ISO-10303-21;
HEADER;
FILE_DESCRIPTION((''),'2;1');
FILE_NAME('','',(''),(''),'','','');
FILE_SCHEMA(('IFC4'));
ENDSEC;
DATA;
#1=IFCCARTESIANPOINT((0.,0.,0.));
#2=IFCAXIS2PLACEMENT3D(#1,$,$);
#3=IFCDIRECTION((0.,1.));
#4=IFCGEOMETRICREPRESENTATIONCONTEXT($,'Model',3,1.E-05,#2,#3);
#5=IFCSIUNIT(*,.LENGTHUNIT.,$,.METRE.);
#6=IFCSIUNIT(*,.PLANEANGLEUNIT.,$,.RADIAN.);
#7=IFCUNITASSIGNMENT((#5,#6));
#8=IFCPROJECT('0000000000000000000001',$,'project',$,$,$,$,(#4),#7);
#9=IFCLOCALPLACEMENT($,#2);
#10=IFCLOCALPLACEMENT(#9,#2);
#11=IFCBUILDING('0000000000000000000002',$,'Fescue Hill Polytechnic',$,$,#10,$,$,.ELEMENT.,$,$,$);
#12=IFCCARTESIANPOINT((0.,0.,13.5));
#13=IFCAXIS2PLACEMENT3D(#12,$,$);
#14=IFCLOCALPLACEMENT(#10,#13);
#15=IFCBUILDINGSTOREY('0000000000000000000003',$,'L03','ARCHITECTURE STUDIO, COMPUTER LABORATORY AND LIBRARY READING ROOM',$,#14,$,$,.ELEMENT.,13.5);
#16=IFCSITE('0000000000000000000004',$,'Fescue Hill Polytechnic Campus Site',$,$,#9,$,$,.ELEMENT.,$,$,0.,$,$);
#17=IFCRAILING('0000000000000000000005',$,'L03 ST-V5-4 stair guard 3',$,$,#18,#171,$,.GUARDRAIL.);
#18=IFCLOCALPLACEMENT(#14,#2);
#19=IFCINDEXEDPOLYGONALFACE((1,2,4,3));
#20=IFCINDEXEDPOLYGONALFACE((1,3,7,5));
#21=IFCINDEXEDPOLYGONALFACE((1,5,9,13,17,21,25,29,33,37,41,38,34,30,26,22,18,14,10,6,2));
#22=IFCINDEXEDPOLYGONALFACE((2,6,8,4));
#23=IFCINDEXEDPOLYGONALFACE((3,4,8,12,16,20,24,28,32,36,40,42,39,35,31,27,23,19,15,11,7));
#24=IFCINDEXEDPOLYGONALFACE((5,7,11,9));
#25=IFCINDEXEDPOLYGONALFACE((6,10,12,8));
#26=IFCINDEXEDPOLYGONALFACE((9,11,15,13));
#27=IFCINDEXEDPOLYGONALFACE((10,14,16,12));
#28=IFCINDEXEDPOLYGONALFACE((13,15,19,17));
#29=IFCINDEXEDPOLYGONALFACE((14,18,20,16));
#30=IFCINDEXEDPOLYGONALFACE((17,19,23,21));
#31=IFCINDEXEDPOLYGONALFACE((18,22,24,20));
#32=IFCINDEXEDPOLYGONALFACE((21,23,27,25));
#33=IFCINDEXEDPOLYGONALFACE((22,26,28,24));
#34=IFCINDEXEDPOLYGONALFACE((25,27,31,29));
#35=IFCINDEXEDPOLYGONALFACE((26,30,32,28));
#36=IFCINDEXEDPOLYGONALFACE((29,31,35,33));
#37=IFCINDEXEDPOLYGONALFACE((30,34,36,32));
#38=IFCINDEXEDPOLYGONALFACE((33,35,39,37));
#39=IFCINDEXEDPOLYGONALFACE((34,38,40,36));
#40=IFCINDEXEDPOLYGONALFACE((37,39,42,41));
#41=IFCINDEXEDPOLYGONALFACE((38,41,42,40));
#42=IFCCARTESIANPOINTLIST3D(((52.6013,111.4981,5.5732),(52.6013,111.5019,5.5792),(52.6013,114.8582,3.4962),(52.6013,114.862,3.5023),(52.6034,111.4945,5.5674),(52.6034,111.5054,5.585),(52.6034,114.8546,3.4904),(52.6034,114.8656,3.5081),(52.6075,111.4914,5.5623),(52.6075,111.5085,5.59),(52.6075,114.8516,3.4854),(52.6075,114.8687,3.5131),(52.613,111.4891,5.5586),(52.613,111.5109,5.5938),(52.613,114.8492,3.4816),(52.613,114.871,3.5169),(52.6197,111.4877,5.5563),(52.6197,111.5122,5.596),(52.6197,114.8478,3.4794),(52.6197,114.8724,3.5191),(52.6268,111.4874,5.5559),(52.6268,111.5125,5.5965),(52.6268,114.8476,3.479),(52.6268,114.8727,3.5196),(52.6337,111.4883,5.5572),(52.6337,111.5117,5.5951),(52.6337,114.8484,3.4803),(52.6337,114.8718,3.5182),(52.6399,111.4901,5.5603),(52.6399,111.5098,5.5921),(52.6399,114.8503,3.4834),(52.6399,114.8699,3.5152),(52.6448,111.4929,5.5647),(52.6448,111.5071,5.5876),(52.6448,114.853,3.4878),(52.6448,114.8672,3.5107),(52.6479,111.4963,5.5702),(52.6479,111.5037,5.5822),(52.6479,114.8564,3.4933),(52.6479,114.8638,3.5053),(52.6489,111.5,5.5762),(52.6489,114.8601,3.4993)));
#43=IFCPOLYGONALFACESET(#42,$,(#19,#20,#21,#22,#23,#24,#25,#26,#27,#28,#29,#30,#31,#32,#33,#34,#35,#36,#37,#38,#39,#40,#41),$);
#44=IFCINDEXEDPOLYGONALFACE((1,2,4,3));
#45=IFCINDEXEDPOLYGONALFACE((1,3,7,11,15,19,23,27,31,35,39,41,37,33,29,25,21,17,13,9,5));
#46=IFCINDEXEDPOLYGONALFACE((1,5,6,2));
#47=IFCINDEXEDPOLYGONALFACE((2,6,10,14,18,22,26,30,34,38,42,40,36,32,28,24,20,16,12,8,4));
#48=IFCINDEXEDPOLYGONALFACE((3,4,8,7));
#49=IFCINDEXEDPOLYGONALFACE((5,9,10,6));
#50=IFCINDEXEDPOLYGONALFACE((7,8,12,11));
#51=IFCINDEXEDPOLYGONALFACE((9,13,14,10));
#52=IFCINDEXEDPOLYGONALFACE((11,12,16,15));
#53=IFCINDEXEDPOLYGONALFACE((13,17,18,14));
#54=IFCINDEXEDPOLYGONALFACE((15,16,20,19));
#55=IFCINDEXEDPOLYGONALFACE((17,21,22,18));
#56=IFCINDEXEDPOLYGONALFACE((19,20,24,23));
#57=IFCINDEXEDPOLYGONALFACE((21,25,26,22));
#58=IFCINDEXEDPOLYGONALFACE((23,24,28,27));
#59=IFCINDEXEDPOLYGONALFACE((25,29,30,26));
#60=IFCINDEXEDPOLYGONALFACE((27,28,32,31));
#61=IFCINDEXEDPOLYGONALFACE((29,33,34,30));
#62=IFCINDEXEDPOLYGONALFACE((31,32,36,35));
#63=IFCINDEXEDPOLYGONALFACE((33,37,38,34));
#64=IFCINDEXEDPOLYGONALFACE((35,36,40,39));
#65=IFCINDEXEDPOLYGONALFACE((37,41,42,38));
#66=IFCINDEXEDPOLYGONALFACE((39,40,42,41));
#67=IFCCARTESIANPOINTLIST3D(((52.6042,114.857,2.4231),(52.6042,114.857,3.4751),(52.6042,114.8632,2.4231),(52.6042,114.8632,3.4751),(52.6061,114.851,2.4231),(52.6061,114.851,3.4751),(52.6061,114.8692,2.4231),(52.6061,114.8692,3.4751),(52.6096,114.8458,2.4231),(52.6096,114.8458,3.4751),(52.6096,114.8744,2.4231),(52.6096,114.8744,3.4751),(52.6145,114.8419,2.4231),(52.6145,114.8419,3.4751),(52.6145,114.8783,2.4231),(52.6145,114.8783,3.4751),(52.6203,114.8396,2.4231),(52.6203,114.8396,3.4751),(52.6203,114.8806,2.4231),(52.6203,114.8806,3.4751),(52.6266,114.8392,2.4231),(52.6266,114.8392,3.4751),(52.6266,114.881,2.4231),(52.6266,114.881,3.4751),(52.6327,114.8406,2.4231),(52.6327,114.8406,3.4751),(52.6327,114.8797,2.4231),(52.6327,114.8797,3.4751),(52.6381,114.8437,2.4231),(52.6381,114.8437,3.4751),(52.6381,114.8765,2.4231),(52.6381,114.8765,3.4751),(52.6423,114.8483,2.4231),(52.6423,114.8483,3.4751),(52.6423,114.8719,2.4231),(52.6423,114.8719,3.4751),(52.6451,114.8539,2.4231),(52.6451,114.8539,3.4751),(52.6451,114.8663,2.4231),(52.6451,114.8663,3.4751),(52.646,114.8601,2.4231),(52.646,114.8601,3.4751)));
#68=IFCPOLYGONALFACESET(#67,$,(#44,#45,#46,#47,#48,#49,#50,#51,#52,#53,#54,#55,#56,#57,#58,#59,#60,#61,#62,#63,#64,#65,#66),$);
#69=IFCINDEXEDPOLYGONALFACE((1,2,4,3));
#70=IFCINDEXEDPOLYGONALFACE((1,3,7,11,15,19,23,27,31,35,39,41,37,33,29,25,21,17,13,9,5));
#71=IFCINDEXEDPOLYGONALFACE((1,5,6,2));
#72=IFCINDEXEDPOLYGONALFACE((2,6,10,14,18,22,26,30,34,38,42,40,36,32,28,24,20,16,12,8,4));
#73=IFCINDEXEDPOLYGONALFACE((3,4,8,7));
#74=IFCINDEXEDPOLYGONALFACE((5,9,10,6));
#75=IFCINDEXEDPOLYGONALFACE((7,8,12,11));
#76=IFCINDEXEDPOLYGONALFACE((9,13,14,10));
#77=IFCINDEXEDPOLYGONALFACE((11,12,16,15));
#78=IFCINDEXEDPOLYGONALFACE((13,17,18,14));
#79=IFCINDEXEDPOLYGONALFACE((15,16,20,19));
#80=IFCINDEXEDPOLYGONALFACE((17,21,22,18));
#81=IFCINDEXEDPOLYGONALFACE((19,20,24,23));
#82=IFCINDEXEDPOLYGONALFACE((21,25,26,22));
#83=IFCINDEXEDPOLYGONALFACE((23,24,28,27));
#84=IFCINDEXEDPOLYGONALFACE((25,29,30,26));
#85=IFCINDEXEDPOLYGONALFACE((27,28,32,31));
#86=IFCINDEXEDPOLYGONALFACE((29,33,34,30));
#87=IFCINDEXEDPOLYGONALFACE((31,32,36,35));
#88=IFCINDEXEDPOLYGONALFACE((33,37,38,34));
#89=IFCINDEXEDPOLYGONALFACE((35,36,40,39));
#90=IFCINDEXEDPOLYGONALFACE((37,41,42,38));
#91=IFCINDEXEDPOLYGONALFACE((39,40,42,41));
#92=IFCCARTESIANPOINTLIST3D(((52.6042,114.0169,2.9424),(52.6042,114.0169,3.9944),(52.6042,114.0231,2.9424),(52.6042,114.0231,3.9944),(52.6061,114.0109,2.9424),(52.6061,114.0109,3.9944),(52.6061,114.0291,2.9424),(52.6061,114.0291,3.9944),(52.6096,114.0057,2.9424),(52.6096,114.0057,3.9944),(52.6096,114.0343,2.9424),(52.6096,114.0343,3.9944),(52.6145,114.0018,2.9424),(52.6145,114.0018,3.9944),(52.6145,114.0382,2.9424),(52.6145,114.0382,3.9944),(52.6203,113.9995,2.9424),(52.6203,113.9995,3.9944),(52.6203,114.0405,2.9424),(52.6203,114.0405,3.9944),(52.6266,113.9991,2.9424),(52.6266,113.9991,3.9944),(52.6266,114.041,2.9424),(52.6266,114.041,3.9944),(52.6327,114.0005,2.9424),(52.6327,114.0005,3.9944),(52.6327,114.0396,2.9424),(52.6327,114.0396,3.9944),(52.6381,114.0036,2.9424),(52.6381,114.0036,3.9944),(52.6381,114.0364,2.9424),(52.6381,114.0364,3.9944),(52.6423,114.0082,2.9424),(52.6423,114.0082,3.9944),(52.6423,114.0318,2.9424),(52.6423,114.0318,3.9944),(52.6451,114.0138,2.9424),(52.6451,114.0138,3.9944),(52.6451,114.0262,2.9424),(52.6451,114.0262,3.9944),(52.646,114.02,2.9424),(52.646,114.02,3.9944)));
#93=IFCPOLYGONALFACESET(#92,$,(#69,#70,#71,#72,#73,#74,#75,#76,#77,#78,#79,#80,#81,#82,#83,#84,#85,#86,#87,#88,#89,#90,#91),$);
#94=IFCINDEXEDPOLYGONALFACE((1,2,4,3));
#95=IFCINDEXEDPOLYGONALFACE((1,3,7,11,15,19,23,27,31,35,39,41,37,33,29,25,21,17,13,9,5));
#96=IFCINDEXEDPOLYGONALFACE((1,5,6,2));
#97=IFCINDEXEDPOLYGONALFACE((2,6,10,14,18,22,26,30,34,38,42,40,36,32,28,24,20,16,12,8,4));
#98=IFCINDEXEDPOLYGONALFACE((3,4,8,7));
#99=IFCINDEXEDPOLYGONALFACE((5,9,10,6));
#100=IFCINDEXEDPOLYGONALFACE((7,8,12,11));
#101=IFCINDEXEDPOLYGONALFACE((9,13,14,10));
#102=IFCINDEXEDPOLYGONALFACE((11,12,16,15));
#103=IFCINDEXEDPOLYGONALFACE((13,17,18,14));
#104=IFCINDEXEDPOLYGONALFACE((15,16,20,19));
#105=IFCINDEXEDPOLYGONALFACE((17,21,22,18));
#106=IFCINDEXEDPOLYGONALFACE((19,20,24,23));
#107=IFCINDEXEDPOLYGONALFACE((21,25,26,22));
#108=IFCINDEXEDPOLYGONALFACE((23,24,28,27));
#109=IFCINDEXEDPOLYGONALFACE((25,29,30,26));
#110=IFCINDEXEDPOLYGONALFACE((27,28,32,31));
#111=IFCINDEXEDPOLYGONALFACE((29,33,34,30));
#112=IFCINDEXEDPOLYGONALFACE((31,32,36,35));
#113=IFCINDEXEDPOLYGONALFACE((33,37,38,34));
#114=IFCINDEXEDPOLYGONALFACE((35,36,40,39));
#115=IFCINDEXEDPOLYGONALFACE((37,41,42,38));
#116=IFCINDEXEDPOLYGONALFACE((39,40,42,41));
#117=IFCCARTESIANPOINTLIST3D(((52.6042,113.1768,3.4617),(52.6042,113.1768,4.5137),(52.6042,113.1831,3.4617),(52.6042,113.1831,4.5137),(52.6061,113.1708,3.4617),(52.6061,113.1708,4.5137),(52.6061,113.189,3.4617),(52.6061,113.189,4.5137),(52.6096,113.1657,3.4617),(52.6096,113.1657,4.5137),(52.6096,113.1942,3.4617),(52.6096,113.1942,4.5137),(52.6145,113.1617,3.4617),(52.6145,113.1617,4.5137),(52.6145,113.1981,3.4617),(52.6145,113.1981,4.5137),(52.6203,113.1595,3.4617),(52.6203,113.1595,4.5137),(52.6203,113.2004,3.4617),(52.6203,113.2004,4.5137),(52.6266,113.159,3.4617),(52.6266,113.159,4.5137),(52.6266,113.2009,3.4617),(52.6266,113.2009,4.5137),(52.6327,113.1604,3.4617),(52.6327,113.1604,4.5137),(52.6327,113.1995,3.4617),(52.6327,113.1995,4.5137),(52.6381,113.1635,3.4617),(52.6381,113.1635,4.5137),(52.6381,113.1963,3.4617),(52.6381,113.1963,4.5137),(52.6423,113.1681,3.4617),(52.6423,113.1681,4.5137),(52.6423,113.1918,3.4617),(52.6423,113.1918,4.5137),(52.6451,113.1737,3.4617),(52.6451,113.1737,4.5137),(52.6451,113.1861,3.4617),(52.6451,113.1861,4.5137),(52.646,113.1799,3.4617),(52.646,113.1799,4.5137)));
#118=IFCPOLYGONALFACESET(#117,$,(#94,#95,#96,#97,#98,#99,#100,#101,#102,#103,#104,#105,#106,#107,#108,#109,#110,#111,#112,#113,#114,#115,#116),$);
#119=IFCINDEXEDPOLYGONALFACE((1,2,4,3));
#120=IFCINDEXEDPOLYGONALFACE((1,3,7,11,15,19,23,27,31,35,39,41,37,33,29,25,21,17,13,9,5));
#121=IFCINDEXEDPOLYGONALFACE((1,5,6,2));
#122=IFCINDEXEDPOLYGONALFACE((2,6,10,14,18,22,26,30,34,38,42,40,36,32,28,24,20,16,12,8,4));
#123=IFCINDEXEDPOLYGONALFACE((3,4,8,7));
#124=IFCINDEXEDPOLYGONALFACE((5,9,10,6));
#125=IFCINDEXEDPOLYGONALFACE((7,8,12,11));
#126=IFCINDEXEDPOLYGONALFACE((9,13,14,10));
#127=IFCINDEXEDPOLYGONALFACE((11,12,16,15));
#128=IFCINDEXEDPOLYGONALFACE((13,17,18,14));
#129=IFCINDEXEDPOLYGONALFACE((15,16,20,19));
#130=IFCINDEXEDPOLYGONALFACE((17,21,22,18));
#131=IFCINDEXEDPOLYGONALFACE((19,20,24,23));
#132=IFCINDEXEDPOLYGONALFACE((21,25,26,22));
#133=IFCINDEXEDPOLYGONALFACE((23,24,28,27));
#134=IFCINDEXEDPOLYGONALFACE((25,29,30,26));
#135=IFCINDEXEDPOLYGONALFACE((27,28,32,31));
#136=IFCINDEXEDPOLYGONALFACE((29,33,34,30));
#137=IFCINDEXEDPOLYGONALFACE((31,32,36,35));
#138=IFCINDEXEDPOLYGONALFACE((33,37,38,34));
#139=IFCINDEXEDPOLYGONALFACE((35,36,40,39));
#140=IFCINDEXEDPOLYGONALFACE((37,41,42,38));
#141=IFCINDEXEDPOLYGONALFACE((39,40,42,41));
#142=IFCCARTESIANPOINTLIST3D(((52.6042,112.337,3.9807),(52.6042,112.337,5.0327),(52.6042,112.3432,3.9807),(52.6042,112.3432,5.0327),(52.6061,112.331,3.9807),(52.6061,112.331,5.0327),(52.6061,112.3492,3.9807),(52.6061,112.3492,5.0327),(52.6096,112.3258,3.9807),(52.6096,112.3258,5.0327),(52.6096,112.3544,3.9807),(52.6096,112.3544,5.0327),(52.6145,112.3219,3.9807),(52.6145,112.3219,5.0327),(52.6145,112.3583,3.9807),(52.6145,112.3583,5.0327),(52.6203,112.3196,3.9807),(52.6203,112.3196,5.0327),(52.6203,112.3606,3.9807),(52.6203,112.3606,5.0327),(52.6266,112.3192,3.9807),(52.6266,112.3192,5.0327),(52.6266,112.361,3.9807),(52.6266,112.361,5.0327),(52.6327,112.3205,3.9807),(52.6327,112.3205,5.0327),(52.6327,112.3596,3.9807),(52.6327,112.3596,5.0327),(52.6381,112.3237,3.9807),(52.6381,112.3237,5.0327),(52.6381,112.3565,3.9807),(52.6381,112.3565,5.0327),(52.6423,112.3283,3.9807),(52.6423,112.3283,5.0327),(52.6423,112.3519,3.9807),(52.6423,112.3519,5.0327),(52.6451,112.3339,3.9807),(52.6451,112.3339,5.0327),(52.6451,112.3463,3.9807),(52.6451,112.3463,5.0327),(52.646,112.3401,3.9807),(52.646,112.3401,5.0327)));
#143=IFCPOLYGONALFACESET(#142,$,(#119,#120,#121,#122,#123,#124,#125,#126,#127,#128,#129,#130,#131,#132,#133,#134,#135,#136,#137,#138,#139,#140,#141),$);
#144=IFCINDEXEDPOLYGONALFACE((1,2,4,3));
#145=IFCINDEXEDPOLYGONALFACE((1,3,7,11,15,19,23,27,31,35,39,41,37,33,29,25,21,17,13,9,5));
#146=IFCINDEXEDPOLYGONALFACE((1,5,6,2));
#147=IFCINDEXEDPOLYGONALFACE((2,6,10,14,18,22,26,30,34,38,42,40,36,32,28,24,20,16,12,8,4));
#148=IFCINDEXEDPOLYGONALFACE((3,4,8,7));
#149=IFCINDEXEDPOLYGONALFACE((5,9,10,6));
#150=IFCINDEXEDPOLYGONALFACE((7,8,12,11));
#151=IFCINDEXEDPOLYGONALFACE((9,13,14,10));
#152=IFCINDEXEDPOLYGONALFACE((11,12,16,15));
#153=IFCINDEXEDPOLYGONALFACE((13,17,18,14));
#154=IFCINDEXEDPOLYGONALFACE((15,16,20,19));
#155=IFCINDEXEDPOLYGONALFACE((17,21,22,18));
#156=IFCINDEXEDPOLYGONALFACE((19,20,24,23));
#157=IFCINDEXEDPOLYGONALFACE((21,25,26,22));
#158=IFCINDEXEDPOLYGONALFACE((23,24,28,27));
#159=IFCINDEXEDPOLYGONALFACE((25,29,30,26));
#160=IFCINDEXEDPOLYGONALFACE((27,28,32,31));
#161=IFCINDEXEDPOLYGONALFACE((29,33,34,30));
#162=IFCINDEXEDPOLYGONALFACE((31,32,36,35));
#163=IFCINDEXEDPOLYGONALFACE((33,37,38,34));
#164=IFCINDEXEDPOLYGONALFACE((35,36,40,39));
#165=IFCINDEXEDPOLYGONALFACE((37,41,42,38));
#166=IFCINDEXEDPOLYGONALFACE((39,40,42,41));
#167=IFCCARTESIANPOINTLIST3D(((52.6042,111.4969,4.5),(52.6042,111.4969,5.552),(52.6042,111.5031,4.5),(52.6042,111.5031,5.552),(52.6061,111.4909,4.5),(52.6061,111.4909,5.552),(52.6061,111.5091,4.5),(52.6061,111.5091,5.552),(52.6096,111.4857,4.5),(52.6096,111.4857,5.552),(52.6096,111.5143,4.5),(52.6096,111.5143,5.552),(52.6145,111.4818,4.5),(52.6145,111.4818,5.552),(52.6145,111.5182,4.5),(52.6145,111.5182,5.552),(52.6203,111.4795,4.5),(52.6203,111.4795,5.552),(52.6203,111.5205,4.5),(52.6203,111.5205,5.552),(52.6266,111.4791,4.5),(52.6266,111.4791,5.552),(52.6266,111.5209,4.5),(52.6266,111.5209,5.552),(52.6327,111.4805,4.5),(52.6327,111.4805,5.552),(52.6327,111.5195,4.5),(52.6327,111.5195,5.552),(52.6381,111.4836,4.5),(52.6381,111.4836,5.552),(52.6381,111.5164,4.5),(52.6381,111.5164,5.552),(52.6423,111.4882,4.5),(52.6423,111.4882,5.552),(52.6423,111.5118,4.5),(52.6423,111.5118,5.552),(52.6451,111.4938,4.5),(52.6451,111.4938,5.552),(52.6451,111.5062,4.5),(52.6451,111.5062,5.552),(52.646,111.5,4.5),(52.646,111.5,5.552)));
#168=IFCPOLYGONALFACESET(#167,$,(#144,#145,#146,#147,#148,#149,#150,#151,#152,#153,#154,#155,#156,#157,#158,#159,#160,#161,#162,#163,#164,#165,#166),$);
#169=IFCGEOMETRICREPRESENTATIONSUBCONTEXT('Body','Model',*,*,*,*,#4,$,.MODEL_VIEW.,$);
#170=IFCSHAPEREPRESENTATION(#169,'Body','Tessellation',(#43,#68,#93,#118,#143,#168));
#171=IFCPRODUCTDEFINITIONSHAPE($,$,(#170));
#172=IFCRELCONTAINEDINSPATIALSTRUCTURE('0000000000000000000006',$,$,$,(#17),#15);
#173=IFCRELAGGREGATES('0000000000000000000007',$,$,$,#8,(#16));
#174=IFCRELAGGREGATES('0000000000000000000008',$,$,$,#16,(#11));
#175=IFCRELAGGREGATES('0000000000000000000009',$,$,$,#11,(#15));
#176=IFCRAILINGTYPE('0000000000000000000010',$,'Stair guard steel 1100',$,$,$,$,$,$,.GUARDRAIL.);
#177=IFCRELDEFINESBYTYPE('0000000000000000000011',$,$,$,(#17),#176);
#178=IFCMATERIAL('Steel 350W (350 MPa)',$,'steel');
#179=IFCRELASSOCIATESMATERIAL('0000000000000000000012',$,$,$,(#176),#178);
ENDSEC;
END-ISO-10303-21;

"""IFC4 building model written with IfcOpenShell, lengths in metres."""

from ifc_helpers import new_model, si_unit, direction, frame, origin, origin_2d, place, context, subcontext, project, spatial, circle, extrude, material, type_object, element, save


model = new_model("IFC4")

# Units and contexts
model_context = context("Model", 3, precision=1e-05, world=origin(), true_north=direction((0.0, 1.0)))
body_context = subcontext(model_context, "Body", "Model", "MODEL_VIEW")
ifc_project = project(units=[si_unit("LENGTHUNIT", "METRE"), si_unit("PLANEANGLEUNIT", "RADIAN")], contexts=[model_context])

# Site, building, storey
site_placement = place(None, origin())
site = spatial("IfcSite", under=ifc_project, at=site_placement, Name="Fescue Hill Polytechnic Campus Site", CompositionType="ELEMENT", RefElevation=0.0)
building_placement = place(site_placement, origin())
building = spatial("IfcBuilding", under=site, at=building_placement, Name="Fescue Hill Polytechnic", CompositionType="ELEMENT")
storey_placement = place(building_placement, frame((0.0, 0.0, 13.5)))
storey = spatial("IfcBuildingStorey", under=building, at=storey_placement, Name="L03", Description="ARCHITECTURE STUDIO, COMPUTER LABORATORY AND LIBRARY READING ROOM", CompositionType="ELEMENT", Elevation=13.5)

# Railing
ifc_material_1 = material(Name="Steel 350W (350 MPa)", Category="steel")
railing_type_1 = type_object("IfcRailingType", Name="Stair guard steel 1100", PredefinedType="GUARDRAIL", material=ifc_material_1)
railing_1_placement = place(storey_placement, frame((52.625, 114.8601, 2.4231)))
element("IfcRailing", 1, at=railing_1_placement, inside=storey, type_object=railing_type_1, Name="L03 ST-V5-4 stair guard 3", PredefinedType="GUARDRAIL", context=body_context, shape_type="SweptSolid", body=[
    extrude(circle(Radius=0.0239, at=origin_2d()), frame((0.0, 0.0, 1.0762), z_axis=(0.0, -0.850623, 0.525776), x_axis=(1.0, 0.0, 0.0)), (0.0, 0.0, 1.0), 3.9502),
    extrude(circle(Radius=0.021, at=origin_2d()), origin(), (0.0, 0.0, 1.0), 1.052),
    extrude(circle(Radius=0.021, at=origin_2d()), frame((0.0, -0.8401, 0.5193)), (0.0, 0.0, 1.0), 1.052),
    extrude(circle(Radius=0.021, at=origin_2d()), frame((0.0, -1.6802, 1.0386)), (0.0, 0.0, 1.0), 1.052),
    extrude(circle(Radius=0.021, at=origin_2d()), frame((0.0, -2.52, 1.5576)), (0.0, 0.0, 1.0), 1.052),
    extrude(circle(Radius=0.021, at=origin_2d()), frame((0.0, -3.3601, 2.0769)), (0.0, 0.0, 1.0), 1.052),
])

save(model, "model.ifc")
